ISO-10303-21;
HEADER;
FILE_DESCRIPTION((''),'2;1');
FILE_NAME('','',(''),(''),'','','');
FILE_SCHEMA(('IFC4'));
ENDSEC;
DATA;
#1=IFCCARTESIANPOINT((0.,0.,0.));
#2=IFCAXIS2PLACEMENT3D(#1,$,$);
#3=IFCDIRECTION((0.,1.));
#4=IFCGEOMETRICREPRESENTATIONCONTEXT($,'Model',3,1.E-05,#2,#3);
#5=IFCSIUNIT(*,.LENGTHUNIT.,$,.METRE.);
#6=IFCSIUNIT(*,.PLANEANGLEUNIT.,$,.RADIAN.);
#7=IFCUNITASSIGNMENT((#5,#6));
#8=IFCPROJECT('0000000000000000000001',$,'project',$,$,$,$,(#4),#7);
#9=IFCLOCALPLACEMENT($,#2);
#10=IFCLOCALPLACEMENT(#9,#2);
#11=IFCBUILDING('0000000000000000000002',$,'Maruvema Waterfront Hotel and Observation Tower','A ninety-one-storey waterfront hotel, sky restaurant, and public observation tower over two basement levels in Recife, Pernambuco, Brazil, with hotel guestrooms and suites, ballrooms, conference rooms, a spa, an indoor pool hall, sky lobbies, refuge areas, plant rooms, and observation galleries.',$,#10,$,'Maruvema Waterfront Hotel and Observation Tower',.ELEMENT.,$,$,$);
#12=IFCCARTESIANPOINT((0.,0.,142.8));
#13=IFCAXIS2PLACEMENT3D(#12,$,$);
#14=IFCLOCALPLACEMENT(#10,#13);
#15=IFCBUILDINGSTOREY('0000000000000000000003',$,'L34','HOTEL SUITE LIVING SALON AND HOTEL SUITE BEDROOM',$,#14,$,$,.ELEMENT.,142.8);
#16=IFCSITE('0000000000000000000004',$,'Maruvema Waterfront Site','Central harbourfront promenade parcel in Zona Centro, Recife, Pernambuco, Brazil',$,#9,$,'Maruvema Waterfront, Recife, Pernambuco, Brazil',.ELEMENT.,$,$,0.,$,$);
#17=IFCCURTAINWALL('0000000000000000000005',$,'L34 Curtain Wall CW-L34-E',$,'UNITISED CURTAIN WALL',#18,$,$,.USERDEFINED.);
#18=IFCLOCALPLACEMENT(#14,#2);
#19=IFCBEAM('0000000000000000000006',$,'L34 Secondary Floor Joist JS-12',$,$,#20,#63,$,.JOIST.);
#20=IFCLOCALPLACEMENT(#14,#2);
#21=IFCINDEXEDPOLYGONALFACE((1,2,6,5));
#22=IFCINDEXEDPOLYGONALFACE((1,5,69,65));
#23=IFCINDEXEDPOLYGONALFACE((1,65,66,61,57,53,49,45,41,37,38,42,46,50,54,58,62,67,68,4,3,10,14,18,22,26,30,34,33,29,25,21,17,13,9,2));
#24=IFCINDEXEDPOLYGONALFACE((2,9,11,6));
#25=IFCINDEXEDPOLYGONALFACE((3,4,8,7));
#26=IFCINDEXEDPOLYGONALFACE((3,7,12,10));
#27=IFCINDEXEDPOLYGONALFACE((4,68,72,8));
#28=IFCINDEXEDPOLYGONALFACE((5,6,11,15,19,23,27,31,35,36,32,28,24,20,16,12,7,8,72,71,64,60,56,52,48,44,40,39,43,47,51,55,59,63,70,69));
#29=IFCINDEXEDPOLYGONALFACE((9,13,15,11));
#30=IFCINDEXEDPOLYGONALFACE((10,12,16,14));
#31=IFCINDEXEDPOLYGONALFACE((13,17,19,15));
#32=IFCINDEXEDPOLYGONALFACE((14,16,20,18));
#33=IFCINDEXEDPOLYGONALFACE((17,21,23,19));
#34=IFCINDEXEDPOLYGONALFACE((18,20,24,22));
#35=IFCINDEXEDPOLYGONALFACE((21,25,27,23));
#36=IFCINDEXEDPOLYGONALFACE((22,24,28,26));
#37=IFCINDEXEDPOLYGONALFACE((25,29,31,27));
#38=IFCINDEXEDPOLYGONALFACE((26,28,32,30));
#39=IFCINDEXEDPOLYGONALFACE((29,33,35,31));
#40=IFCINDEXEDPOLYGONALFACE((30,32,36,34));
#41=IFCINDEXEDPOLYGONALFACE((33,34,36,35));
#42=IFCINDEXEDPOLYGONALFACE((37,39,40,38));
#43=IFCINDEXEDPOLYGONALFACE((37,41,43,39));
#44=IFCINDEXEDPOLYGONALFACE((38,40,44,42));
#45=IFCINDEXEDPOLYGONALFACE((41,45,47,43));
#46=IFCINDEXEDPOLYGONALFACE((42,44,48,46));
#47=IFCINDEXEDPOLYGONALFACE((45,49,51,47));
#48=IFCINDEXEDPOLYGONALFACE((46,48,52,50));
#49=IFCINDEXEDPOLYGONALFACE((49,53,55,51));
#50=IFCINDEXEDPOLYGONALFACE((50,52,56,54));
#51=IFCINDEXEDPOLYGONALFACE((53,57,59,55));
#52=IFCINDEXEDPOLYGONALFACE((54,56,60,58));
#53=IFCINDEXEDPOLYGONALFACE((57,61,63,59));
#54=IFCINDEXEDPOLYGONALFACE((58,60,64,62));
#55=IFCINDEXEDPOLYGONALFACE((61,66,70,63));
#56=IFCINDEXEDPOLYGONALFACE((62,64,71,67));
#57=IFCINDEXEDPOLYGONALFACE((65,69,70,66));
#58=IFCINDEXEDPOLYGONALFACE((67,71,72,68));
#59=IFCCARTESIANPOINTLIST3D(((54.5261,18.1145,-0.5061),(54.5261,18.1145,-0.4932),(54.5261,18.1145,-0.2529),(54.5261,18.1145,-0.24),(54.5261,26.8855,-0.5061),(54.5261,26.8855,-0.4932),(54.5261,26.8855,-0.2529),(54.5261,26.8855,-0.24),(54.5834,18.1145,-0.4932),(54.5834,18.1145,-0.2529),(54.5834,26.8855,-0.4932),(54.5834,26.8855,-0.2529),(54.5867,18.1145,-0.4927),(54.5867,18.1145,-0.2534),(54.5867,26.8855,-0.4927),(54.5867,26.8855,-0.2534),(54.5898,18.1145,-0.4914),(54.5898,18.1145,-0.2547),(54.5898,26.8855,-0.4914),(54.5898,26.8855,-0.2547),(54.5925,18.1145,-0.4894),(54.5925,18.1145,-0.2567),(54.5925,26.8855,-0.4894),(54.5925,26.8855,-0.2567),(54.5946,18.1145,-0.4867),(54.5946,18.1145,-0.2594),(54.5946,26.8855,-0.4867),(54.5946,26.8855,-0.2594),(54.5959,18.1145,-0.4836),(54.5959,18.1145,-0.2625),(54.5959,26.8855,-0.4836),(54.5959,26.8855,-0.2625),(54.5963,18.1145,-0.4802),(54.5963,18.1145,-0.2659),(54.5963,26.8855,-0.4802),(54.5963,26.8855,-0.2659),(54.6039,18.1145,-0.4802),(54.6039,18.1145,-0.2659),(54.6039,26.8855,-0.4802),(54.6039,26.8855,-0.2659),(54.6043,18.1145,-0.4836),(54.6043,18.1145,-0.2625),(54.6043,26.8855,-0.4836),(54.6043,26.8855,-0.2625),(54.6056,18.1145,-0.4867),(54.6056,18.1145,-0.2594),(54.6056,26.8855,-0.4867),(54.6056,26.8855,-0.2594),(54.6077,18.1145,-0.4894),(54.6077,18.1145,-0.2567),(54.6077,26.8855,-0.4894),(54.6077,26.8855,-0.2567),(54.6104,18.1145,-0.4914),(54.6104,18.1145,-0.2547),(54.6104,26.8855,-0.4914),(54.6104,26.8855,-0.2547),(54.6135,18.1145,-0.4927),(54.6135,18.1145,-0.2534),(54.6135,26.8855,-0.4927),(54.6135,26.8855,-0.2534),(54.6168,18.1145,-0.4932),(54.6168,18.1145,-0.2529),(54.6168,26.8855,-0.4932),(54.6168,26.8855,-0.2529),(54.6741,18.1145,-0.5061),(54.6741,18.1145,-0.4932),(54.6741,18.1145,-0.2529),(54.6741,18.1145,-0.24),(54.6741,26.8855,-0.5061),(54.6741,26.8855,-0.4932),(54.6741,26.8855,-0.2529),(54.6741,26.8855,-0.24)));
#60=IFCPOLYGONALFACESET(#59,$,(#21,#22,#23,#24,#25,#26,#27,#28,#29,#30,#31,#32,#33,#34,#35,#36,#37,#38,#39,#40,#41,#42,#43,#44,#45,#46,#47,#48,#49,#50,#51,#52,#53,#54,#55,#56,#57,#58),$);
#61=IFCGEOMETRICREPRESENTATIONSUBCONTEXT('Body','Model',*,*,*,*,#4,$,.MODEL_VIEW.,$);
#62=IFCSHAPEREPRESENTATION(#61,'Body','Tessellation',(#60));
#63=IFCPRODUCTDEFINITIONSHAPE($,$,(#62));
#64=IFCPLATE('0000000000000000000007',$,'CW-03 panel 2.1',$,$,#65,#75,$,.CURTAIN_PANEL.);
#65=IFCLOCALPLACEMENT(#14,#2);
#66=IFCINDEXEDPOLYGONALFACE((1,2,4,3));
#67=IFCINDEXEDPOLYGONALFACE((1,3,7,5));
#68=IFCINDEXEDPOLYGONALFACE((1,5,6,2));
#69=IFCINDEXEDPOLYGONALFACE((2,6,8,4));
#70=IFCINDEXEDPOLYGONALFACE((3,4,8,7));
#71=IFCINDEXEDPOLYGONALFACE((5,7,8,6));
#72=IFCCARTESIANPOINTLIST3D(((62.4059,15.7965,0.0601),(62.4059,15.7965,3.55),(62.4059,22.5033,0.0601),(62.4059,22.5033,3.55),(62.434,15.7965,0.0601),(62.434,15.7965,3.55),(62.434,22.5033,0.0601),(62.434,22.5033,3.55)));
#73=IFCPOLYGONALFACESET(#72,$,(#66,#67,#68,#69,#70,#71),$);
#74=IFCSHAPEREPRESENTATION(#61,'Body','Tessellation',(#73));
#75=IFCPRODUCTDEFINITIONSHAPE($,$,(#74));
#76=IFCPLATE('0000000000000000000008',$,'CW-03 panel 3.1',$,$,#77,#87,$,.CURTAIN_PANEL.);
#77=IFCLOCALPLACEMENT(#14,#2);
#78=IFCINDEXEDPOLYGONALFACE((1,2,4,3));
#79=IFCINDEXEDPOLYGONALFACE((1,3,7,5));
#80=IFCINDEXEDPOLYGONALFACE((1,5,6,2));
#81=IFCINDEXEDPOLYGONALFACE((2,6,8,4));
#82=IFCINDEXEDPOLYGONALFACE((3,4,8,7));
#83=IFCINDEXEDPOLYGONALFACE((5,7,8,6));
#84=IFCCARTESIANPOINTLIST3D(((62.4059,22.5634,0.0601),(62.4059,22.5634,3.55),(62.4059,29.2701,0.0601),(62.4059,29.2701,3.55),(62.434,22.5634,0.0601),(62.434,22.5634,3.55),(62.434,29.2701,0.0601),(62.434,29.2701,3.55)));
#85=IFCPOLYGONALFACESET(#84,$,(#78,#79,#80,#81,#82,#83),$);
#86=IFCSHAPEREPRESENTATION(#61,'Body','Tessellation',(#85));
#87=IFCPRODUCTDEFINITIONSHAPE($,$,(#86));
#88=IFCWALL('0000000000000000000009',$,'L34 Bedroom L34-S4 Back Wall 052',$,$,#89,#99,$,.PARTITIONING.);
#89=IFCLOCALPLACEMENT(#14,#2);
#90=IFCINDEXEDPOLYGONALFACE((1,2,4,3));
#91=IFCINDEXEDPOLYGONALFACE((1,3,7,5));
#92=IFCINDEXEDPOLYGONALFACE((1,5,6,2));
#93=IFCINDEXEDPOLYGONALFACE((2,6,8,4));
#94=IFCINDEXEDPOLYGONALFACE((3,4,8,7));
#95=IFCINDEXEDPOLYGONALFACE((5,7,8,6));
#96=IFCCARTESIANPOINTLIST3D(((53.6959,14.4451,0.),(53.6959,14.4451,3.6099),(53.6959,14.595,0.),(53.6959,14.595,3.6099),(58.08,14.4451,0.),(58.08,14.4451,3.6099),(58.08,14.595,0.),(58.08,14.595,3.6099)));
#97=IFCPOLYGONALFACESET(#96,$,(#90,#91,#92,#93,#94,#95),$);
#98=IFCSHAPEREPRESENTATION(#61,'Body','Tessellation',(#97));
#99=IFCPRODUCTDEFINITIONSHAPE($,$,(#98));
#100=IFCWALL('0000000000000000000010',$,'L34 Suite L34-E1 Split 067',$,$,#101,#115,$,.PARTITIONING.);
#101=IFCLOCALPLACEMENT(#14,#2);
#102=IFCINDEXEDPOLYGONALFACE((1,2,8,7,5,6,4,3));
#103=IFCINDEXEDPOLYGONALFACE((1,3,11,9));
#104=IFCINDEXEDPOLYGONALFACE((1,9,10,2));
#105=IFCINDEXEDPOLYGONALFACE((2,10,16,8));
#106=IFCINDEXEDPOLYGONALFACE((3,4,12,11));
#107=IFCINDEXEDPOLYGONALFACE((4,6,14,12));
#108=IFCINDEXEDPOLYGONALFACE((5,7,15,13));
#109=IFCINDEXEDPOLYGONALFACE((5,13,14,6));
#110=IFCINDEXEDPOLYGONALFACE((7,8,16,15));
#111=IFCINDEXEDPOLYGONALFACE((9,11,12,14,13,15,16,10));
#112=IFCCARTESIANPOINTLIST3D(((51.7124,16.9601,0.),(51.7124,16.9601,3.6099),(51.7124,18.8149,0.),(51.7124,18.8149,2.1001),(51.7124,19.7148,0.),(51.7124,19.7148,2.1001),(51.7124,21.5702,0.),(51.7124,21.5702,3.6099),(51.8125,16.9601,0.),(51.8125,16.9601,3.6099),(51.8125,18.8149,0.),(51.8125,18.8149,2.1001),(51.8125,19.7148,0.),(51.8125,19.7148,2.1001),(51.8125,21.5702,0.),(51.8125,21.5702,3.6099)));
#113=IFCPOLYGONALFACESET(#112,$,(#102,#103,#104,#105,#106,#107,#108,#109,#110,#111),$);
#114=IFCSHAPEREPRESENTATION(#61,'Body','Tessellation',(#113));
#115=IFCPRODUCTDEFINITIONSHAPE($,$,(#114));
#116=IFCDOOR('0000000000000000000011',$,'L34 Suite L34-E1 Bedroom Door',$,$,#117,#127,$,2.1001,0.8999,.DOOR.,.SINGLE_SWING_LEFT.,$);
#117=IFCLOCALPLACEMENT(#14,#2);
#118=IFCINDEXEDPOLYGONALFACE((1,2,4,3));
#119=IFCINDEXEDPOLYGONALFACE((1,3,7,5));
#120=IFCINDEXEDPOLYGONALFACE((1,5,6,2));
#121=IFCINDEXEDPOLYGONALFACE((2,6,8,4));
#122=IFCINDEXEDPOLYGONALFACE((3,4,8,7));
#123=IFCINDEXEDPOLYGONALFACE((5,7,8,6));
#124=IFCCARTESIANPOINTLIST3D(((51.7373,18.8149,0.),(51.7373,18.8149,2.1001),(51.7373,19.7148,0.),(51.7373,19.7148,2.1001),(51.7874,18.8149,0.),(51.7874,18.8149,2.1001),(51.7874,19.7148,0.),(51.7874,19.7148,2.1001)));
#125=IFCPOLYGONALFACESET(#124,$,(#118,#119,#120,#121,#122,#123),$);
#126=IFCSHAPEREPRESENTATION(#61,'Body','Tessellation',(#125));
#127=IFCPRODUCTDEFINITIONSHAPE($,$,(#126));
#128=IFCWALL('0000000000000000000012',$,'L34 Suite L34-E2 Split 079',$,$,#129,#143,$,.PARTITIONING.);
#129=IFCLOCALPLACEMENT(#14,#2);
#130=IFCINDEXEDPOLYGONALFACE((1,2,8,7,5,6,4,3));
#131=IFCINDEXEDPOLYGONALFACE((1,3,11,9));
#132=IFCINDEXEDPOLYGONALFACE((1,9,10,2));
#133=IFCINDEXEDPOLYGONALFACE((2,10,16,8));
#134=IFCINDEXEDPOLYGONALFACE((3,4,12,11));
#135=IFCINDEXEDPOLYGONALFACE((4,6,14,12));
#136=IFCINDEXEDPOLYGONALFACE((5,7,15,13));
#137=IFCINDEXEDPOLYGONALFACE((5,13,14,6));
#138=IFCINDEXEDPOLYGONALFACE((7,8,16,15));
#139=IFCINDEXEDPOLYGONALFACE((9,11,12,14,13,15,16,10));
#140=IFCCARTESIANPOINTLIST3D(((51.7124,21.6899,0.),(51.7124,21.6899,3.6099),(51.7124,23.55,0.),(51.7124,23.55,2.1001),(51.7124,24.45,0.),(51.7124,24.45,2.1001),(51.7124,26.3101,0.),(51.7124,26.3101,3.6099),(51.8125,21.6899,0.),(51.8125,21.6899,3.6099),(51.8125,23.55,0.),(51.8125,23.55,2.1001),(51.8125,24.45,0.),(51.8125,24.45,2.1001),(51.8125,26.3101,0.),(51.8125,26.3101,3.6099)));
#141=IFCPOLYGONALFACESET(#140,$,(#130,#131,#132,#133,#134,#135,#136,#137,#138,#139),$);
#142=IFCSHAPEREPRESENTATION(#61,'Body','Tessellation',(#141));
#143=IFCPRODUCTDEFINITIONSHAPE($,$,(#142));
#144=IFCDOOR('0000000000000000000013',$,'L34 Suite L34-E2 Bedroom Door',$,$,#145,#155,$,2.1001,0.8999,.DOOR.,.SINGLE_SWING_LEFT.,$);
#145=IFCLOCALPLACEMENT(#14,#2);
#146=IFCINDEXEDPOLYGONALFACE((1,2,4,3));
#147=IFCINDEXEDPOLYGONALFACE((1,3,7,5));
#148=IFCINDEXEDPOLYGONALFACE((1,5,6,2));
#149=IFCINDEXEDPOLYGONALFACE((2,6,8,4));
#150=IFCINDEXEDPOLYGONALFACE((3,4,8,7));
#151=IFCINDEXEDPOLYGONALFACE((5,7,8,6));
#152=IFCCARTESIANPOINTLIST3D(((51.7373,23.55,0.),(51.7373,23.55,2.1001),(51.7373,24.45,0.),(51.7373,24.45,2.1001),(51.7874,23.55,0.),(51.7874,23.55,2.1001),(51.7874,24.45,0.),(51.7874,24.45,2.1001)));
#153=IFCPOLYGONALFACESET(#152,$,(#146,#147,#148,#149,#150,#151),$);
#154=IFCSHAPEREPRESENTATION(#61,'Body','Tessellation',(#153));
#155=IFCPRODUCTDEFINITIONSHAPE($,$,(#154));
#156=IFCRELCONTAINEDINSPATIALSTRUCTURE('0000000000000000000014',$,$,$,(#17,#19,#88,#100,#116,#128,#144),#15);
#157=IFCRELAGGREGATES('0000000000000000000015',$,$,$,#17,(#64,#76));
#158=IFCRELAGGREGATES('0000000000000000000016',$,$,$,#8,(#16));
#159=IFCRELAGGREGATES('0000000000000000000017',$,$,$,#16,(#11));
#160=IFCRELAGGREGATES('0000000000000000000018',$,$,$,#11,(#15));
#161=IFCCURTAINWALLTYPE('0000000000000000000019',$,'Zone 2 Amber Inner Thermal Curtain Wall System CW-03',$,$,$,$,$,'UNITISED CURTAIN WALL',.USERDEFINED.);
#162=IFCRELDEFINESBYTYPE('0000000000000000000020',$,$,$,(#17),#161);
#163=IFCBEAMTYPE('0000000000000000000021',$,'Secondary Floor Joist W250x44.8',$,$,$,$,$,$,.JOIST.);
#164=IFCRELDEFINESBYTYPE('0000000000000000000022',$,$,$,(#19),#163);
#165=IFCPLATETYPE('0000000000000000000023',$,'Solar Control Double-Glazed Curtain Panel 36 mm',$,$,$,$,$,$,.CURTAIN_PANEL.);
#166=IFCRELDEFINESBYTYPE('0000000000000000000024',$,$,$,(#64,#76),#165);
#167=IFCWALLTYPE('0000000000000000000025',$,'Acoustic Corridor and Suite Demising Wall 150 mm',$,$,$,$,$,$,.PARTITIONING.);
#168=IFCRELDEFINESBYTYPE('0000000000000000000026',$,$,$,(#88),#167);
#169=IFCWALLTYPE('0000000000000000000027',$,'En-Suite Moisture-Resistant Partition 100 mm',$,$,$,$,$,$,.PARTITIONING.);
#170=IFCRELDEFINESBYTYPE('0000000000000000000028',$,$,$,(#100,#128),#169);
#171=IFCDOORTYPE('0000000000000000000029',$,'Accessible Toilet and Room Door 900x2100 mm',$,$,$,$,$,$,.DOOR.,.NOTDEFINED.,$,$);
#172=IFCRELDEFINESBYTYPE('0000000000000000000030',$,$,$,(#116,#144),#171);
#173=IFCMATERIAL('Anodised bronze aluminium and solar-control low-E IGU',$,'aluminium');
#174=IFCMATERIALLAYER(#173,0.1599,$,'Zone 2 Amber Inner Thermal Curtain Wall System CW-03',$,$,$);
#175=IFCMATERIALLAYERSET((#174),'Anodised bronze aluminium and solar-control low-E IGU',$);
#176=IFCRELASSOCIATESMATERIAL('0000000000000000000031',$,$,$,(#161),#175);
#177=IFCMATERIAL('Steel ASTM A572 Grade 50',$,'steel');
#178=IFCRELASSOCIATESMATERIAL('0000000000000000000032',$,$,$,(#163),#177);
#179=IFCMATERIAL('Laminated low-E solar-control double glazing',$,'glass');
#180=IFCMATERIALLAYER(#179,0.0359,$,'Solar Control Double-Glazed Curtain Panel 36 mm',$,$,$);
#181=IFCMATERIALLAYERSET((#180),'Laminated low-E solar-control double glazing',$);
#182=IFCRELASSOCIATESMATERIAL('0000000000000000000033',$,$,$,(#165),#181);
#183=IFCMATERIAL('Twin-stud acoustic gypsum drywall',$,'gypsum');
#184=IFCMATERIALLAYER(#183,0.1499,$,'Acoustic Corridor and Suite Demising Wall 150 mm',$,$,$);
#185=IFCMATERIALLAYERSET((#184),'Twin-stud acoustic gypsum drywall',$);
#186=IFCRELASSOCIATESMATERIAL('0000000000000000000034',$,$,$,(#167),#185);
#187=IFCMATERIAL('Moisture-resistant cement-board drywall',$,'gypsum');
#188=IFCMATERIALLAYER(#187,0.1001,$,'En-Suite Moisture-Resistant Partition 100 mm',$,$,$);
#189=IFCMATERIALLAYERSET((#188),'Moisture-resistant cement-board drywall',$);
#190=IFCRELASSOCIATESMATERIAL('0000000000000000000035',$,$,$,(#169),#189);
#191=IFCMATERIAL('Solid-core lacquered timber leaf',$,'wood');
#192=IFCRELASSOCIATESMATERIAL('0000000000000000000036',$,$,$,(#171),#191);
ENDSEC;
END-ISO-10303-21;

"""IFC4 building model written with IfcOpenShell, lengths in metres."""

from ifc_helpers import new_model, si_unit, direction, frame, frame_2d, origin, origin_2d, place, context, subcontext, project, spatial, rectangle, i_section, extrude, material, layer, layer_set, material_profile, profile_set, type_object, element, fill, aggregate, save


model = new_model("IFC4")

# Units and contexts
model_context = context("Model", 3, precision=1e-05, world=origin(), true_north=direction((0.0, 1.0)))
body_context = subcontext(model_context, "Body", "Model", "MODEL_VIEW")
ifc_project = project(units=[si_unit("LENGTHUNIT", "METRE"), si_unit("PLANEANGLEUNIT", "RADIAN")], contexts=[model_context])

# Site, building, storey
site_placement = place(None, origin())
site = spatial("IfcSite", under=ifc_project, at=site_placement, Name="Maruvema Waterfront Site", Description="Central harbourfront promenade parcel in Zona Centro, Recife, Pernambuco, Brazil", LongName="Maruvema Waterfront, Recife, Pernambuco, Brazil", CompositionType="ELEMENT", RefElevation=0.0)
building_placement = place(site_placement, origin())
building = spatial("IfcBuilding", under=site, at=building_placement, Name="Maruvema Waterfront Hotel and Observation Tower", Description="A ninety-one-storey waterfront hotel, sky restaurant, and public observation tower over two basement levels in Recife, Pernambuco, Brazil, with hotel guestrooms and suites, ballrooms, conference rooms, a spa, an indoor pool hall, sky lobbies, refuge areas, plant rooms, and observation galleries.", LongName="Maruvema Waterfront Hotel and Observation Tower", CompositionType="ELEMENT")
storey_placement = place(building_placement, frame((0.0, 0.0, 142.8)))
storey = spatial("IfcBuildingStorey", under=building, at=storey_placement, Name="L34", Description="HOTEL SUITE LIVING SALON AND HOTEL SUITE BEDROOM", CompositionType="ELEMENT", Elevation=142.8)

# Curtain wall
ifc_material_1 = material(Name="Anodised bronze aluminium and solar-control low-E IGU", Category="aluminium")
ifc_layer_1 = layer(ifc_material_1, 0.1599, Name="Zone 2 Amber Inner Thermal Curtain Wall System CW-03")
ifc_layer_set_1 = layer_set([ifc_layer_1], Name="Anodised bronze aluminium and solar-control low-E IGU")
curtain_wall_type = type_object("IfcCurtainWallType", Name="Zone 2 Amber Inner Thermal Curtain Wall System CW-03", ElementType="UNITISED CURTAIN WALL", PredefinedType="USERDEFINED", material=ifc_layer_set_1)
curtain_wall_placement = place(storey_placement, origin())
curtain_wall = element("IfcCurtainWall", 1, at=curtain_wall_placement, inside=storey, type_object=curtain_wall_type, Name="L34 Curtain Wall CW-L34-E", ObjectType="UNITISED CURTAIN WALL", PredefinedType="USERDEFINED")

# Beam
ifc_material_2 = material(Name="Steel ASTM A572 Grade 50", Category="steel")
ifc_material_profile_1 = material_profile(ifc_material_2, i_section(OverallWidth=0.1479, OverallDepth=0.2661, WebThickness=0.0076, FlangeThickness=0.0129, FilletRadius=0.0129, at=origin_2d()), Name="W250x44.8")
ifc_profile_set_1 = profile_set([ifc_material_profile_1], Name="Steel ASTM A572 Grade 50")
beam_type_1 = type_object("IfcBeamType", Name="Secondary Floor Joist W250x44.8", PredefinedType="JOIST", material=ifc_profile_set_1)
beam_1_placement = place(storey_placement, frame((54.6001, 18.1145, -0.373), z_axis=(0.0, 1.0, 0.0), x_axis=(-1.0, 0.0, 0.0)))
element("IfcBeam", 2, at=beam_1_placement, inside=storey, type_object=beam_type_1, Name="L34 Secondary Floor Joist JS-12", PredefinedType="JOIST", context=body_context, shape_type="SweptSolid", body=[
    extrude(i_section(OverallWidth=0.1479, OverallDepth=0.2661, WebThickness=0.0076, FlangeThickness=0.0129, FilletRadius=0.0129, at=origin_2d()), origin(), (0.0, 0.0, 1.0), 8.771),
])

# Plates
ifc_material_3 = material(Name="Laminated low-E solar-control double glazing", Category="glass")
ifc_layer_2 = layer(ifc_material_3, 0.0359, Name="Solar Control Double-Glazed Curtain Panel 36 mm")
ifc_layer_set_2 = layer_set([ifc_layer_2], Name="Laminated low-E solar-control double glazing")
plate_type = type_object("IfcPlateType", Name="Solar Control Double-Glazed Curtain Panel 36 mm", PredefinedType="CURTAIN_PANEL", material=ifc_layer_set_2)
plate_1_placement = place(storey_placement, frame((62.4199, 19.1499, 0.0601), z_axis=(0.0, 0.0, 1.0), x_axis=(0.0, 1.0, 0.0)))
plate_1 = element("IfcPlate", 3, at=plate_1_placement, type_object=plate_type, Name="CW-03 panel 2.1", PredefinedType="CURTAIN_PANEL", context=body_context, shape_type="SweptSolid", body=[
    extrude(rectangle(XDim=6.7068, YDim=0.0281, at=origin_2d()), origin(), (0.0, 0.0, 1.0), 3.49),
])
plate_2_placement = place(storey_placement, frame((62.4199, 25.9167, 0.0601), z_axis=(0.0, 0.0, 1.0), x_axis=(0.0, 1.0, 0.0)))
plate_2 = element("IfcPlate", 4, at=plate_2_placement, type_object=plate_type, Name="CW-03 panel 3.1", PredefinedType="CURTAIN_PANEL", context=body_context, shape_type="SweptSolid", body=[
    extrude(rectangle(XDim=6.7068, YDim=0.0281, at=origin_2d()), origin(), (0.0, 0.0, 1.0), 3.49),
])
aggregate(curtain_wall, [plate_1, plate_2])

# Wall
ifc_material_4 = material(Name="Twin-stud acoustic gypsum drywall", Category="gypsum")
ifc_layer_3 = layer(ifc_material_4, 0.1499, Name="Acoustic Corridor and Suite Demising Wall 150 mm")
ifc_layer_set_3 = layer_set([ifc_layer_3], Name="Twin-stud acoustic gypsum drywall")
wall_type_1 = type_object("IfcWallType", Name="Acoustic Corridor and Suite Demising Wall 150 mm", PredefinedType="PARTITIONING", material=ifc_layer_set_3)
wall_1_placement = place(storey_placement, frame((53.696, 14.52, 0.0), z_axis=(0.0, 0.0, 1.0), x_axis=(1.0, 0.0, 0.0)))
element("IfcWall", 5, at=wall_1_placement, inside=storey, type_object=wall_type_1, Name="L34 Bedroom L34-S4 Back Wall 052", PredefinedType="PARTITIONING", context=body_context, shape_type="SweptSolid", body=[
    extrude(rectangle(XDim=4.384, YDim=0.1499, at=frame_2d((2.1919, 0.0))), origin(), (0.0, 0.0, 1.0), 3.6099),
])

# Walls, openings, doors
ifc_material_5 = material(Name="Moisture-resistant cement-board drywall", Category="gypsum")
ifc_layer_4 = layer(ifc_material_5, 0.1001, Name="En-Suite Moisture-Resistant Partition 100 mm")
ifc_layer_set_4 = layer_set([ifc_layer_4], Name="Moisture-resistant cement-board drywall")
wall_type_2 = type_object("IfcWallType", Name="En-Suite Moisture-Resistant Partition 100 mm", PredefinedType="PARTITIONING", material=ifc_layer_set_4)
wall_2_placement = place(storey_placement, frame((51.7625, 16.96, 0.0), z_axis=(0.0, 0.0, 1.0), x_axis=(0.0, 1.0, 0.0)))
wall_2 = element("IfcWall", 6, at=wall_2_placement, inside=storey, type_object=wall_type_2, Name="L34 Suite L34-E1 Split 067", PredefinedType="PARTITIONING", context=body_context, shape_type="SweptSolid", body=[
    extrude(rectangle(XDim=4.6101, YDim=0.1001, at=frame_2d((2.3052, 0.0))), origin(), (0.0, 0.0, 1.0), 3.6099),
])
opening_1_placement = place(wall_2_placement, frame((1.855, 0.0, 0.0)))
opening_1 = element("IfcOpeningElement", 7, at=opening_1_placement, cuts=wall_2, PredefinedType="OPENING", context=body_context, shape_type="SweptSolid", body=[
    extrude(rectangle(XDim=0.8999, YDim=2.1001, at=frame_2d((0.45, 1.05))), frame((0.0, 0.0601, 0.0), z_axis=(0.0, -1.0, 0.0), x_axis=(1.0, 0.0, 0.0)), (0.0, 0.0, 1.0), 0.1201),
])
ifc_material_6 = material(Name="Solid-core lacquered timber leaf", Category="wood")
door_type = type_object("IfcDoorType", Name="Accessible Toilet and Room Door 900x2100 mm", OperationType="NOTDEFINED", PredefinedType="DOOR", material=ifc_material_6)
door_1_placement = place(opening_1_placement, frame((0.8999, 0.0, 0.0), z_axis=(0.0, 0.0, 1.0), x_axis=(-1.0, 0.0, 0.0)))
door_1 = element("IfcDoor", 8, at=door_1_placement, inside=storey, type_object=door_type, Name="L34 Suite L34-E1 Bedroom Door", OperationType="SINGLE_SWING_LEFT", OverallHeight=2.1001, OverallWidth=0.8999, PredefinedType="DOOR", context=body_context, shape_type="SweptSolid", body=[
    extrude(rectangle(XDim=0.8999, YDim=2.1001, at=frame_2d((0.45, 1.05))), frame((0.0, 0.0249, 0.0), z_axis=(0.0, -1.0, 0.0), x_axis=(1.0, 0.0, 0.0)), (0.0, 0.0, 1.0), 0.05),
])
fill(opening_1, door_1)
wall_3_placement = place(storey_placement, frame((51.7625, 21.6899, 0.0), z_axis=(0.0, 0.0, 1.0), x_axis=(0.0, 1.0, 0.0)))
wall_3 = element("IfcWall", 9, at=wall_3_placement, inside=storey, type_object=wall_type_2, Name="L34 Suite L34-E2 Split 079", PredefinedType="PARTITIONING", context=body_context, shape_type="SweptSolid", body=[
    extrude(rectangle(XDim=4.6201, YDim=0.1001, at=frame_2d((2.3101, 0.0))), origin(), (0.0, 0.0, 1.0), 3.6099),
])
opening_2_placement = place(wall_3_placement, frame((1.8601, 0.0, 0.0)))
opening_2 = element("IfcOpeningElement", 10, at=opening_2_placement, cuts=wall_3, PredefinedType="OPENING", context=body_context, shape_type="SweptSolid", body=[
    extrude(rectangle(XDim=0.8999, YDim=2.1001, at=frame_2d((0.45, 1.05))), frame((0.0, 0.0601, 0.0), z_axis=(0.0, -1.0, 0.0), x_axis=(1.0, 0.0, 0.0)), (0.0, 0.0, 1.0), 0.1201),
])
door_2_placement = place(opening_2_placement, frame((0.8999, 0.0, 0.0), z_axis=(0.0, 0.0, 1.0), x_axis=(-1.0, 0.0, 0.0)))
door_2 = element("IfcDoor", 11, at=door_2_placement, inside=storey, type_object=door_type, Name="L34 Suite L34-E2 Bedroom Door", OperationType="SINGLE_SWING_LEFT", OverallHeight=2.1001, OverallWidth=0.8999, PredefinedType="DOOR", context=body_context, shape_type="SweptSolid", body=[
    extrude(rectangle(XDim=0.8999, YDim=2.1001, at=frame_2d((0.45, 1.05))), frame((0.0, 0.0249, 0.0), z_axis=(0.0, -1.0, 0.0), x_axis=(1.0, 0.0, 0.0)), (0.0, 0.0, 1.0), 0.05),
])
fill(opening_2, door_2)

save(model, "model.ifc")
